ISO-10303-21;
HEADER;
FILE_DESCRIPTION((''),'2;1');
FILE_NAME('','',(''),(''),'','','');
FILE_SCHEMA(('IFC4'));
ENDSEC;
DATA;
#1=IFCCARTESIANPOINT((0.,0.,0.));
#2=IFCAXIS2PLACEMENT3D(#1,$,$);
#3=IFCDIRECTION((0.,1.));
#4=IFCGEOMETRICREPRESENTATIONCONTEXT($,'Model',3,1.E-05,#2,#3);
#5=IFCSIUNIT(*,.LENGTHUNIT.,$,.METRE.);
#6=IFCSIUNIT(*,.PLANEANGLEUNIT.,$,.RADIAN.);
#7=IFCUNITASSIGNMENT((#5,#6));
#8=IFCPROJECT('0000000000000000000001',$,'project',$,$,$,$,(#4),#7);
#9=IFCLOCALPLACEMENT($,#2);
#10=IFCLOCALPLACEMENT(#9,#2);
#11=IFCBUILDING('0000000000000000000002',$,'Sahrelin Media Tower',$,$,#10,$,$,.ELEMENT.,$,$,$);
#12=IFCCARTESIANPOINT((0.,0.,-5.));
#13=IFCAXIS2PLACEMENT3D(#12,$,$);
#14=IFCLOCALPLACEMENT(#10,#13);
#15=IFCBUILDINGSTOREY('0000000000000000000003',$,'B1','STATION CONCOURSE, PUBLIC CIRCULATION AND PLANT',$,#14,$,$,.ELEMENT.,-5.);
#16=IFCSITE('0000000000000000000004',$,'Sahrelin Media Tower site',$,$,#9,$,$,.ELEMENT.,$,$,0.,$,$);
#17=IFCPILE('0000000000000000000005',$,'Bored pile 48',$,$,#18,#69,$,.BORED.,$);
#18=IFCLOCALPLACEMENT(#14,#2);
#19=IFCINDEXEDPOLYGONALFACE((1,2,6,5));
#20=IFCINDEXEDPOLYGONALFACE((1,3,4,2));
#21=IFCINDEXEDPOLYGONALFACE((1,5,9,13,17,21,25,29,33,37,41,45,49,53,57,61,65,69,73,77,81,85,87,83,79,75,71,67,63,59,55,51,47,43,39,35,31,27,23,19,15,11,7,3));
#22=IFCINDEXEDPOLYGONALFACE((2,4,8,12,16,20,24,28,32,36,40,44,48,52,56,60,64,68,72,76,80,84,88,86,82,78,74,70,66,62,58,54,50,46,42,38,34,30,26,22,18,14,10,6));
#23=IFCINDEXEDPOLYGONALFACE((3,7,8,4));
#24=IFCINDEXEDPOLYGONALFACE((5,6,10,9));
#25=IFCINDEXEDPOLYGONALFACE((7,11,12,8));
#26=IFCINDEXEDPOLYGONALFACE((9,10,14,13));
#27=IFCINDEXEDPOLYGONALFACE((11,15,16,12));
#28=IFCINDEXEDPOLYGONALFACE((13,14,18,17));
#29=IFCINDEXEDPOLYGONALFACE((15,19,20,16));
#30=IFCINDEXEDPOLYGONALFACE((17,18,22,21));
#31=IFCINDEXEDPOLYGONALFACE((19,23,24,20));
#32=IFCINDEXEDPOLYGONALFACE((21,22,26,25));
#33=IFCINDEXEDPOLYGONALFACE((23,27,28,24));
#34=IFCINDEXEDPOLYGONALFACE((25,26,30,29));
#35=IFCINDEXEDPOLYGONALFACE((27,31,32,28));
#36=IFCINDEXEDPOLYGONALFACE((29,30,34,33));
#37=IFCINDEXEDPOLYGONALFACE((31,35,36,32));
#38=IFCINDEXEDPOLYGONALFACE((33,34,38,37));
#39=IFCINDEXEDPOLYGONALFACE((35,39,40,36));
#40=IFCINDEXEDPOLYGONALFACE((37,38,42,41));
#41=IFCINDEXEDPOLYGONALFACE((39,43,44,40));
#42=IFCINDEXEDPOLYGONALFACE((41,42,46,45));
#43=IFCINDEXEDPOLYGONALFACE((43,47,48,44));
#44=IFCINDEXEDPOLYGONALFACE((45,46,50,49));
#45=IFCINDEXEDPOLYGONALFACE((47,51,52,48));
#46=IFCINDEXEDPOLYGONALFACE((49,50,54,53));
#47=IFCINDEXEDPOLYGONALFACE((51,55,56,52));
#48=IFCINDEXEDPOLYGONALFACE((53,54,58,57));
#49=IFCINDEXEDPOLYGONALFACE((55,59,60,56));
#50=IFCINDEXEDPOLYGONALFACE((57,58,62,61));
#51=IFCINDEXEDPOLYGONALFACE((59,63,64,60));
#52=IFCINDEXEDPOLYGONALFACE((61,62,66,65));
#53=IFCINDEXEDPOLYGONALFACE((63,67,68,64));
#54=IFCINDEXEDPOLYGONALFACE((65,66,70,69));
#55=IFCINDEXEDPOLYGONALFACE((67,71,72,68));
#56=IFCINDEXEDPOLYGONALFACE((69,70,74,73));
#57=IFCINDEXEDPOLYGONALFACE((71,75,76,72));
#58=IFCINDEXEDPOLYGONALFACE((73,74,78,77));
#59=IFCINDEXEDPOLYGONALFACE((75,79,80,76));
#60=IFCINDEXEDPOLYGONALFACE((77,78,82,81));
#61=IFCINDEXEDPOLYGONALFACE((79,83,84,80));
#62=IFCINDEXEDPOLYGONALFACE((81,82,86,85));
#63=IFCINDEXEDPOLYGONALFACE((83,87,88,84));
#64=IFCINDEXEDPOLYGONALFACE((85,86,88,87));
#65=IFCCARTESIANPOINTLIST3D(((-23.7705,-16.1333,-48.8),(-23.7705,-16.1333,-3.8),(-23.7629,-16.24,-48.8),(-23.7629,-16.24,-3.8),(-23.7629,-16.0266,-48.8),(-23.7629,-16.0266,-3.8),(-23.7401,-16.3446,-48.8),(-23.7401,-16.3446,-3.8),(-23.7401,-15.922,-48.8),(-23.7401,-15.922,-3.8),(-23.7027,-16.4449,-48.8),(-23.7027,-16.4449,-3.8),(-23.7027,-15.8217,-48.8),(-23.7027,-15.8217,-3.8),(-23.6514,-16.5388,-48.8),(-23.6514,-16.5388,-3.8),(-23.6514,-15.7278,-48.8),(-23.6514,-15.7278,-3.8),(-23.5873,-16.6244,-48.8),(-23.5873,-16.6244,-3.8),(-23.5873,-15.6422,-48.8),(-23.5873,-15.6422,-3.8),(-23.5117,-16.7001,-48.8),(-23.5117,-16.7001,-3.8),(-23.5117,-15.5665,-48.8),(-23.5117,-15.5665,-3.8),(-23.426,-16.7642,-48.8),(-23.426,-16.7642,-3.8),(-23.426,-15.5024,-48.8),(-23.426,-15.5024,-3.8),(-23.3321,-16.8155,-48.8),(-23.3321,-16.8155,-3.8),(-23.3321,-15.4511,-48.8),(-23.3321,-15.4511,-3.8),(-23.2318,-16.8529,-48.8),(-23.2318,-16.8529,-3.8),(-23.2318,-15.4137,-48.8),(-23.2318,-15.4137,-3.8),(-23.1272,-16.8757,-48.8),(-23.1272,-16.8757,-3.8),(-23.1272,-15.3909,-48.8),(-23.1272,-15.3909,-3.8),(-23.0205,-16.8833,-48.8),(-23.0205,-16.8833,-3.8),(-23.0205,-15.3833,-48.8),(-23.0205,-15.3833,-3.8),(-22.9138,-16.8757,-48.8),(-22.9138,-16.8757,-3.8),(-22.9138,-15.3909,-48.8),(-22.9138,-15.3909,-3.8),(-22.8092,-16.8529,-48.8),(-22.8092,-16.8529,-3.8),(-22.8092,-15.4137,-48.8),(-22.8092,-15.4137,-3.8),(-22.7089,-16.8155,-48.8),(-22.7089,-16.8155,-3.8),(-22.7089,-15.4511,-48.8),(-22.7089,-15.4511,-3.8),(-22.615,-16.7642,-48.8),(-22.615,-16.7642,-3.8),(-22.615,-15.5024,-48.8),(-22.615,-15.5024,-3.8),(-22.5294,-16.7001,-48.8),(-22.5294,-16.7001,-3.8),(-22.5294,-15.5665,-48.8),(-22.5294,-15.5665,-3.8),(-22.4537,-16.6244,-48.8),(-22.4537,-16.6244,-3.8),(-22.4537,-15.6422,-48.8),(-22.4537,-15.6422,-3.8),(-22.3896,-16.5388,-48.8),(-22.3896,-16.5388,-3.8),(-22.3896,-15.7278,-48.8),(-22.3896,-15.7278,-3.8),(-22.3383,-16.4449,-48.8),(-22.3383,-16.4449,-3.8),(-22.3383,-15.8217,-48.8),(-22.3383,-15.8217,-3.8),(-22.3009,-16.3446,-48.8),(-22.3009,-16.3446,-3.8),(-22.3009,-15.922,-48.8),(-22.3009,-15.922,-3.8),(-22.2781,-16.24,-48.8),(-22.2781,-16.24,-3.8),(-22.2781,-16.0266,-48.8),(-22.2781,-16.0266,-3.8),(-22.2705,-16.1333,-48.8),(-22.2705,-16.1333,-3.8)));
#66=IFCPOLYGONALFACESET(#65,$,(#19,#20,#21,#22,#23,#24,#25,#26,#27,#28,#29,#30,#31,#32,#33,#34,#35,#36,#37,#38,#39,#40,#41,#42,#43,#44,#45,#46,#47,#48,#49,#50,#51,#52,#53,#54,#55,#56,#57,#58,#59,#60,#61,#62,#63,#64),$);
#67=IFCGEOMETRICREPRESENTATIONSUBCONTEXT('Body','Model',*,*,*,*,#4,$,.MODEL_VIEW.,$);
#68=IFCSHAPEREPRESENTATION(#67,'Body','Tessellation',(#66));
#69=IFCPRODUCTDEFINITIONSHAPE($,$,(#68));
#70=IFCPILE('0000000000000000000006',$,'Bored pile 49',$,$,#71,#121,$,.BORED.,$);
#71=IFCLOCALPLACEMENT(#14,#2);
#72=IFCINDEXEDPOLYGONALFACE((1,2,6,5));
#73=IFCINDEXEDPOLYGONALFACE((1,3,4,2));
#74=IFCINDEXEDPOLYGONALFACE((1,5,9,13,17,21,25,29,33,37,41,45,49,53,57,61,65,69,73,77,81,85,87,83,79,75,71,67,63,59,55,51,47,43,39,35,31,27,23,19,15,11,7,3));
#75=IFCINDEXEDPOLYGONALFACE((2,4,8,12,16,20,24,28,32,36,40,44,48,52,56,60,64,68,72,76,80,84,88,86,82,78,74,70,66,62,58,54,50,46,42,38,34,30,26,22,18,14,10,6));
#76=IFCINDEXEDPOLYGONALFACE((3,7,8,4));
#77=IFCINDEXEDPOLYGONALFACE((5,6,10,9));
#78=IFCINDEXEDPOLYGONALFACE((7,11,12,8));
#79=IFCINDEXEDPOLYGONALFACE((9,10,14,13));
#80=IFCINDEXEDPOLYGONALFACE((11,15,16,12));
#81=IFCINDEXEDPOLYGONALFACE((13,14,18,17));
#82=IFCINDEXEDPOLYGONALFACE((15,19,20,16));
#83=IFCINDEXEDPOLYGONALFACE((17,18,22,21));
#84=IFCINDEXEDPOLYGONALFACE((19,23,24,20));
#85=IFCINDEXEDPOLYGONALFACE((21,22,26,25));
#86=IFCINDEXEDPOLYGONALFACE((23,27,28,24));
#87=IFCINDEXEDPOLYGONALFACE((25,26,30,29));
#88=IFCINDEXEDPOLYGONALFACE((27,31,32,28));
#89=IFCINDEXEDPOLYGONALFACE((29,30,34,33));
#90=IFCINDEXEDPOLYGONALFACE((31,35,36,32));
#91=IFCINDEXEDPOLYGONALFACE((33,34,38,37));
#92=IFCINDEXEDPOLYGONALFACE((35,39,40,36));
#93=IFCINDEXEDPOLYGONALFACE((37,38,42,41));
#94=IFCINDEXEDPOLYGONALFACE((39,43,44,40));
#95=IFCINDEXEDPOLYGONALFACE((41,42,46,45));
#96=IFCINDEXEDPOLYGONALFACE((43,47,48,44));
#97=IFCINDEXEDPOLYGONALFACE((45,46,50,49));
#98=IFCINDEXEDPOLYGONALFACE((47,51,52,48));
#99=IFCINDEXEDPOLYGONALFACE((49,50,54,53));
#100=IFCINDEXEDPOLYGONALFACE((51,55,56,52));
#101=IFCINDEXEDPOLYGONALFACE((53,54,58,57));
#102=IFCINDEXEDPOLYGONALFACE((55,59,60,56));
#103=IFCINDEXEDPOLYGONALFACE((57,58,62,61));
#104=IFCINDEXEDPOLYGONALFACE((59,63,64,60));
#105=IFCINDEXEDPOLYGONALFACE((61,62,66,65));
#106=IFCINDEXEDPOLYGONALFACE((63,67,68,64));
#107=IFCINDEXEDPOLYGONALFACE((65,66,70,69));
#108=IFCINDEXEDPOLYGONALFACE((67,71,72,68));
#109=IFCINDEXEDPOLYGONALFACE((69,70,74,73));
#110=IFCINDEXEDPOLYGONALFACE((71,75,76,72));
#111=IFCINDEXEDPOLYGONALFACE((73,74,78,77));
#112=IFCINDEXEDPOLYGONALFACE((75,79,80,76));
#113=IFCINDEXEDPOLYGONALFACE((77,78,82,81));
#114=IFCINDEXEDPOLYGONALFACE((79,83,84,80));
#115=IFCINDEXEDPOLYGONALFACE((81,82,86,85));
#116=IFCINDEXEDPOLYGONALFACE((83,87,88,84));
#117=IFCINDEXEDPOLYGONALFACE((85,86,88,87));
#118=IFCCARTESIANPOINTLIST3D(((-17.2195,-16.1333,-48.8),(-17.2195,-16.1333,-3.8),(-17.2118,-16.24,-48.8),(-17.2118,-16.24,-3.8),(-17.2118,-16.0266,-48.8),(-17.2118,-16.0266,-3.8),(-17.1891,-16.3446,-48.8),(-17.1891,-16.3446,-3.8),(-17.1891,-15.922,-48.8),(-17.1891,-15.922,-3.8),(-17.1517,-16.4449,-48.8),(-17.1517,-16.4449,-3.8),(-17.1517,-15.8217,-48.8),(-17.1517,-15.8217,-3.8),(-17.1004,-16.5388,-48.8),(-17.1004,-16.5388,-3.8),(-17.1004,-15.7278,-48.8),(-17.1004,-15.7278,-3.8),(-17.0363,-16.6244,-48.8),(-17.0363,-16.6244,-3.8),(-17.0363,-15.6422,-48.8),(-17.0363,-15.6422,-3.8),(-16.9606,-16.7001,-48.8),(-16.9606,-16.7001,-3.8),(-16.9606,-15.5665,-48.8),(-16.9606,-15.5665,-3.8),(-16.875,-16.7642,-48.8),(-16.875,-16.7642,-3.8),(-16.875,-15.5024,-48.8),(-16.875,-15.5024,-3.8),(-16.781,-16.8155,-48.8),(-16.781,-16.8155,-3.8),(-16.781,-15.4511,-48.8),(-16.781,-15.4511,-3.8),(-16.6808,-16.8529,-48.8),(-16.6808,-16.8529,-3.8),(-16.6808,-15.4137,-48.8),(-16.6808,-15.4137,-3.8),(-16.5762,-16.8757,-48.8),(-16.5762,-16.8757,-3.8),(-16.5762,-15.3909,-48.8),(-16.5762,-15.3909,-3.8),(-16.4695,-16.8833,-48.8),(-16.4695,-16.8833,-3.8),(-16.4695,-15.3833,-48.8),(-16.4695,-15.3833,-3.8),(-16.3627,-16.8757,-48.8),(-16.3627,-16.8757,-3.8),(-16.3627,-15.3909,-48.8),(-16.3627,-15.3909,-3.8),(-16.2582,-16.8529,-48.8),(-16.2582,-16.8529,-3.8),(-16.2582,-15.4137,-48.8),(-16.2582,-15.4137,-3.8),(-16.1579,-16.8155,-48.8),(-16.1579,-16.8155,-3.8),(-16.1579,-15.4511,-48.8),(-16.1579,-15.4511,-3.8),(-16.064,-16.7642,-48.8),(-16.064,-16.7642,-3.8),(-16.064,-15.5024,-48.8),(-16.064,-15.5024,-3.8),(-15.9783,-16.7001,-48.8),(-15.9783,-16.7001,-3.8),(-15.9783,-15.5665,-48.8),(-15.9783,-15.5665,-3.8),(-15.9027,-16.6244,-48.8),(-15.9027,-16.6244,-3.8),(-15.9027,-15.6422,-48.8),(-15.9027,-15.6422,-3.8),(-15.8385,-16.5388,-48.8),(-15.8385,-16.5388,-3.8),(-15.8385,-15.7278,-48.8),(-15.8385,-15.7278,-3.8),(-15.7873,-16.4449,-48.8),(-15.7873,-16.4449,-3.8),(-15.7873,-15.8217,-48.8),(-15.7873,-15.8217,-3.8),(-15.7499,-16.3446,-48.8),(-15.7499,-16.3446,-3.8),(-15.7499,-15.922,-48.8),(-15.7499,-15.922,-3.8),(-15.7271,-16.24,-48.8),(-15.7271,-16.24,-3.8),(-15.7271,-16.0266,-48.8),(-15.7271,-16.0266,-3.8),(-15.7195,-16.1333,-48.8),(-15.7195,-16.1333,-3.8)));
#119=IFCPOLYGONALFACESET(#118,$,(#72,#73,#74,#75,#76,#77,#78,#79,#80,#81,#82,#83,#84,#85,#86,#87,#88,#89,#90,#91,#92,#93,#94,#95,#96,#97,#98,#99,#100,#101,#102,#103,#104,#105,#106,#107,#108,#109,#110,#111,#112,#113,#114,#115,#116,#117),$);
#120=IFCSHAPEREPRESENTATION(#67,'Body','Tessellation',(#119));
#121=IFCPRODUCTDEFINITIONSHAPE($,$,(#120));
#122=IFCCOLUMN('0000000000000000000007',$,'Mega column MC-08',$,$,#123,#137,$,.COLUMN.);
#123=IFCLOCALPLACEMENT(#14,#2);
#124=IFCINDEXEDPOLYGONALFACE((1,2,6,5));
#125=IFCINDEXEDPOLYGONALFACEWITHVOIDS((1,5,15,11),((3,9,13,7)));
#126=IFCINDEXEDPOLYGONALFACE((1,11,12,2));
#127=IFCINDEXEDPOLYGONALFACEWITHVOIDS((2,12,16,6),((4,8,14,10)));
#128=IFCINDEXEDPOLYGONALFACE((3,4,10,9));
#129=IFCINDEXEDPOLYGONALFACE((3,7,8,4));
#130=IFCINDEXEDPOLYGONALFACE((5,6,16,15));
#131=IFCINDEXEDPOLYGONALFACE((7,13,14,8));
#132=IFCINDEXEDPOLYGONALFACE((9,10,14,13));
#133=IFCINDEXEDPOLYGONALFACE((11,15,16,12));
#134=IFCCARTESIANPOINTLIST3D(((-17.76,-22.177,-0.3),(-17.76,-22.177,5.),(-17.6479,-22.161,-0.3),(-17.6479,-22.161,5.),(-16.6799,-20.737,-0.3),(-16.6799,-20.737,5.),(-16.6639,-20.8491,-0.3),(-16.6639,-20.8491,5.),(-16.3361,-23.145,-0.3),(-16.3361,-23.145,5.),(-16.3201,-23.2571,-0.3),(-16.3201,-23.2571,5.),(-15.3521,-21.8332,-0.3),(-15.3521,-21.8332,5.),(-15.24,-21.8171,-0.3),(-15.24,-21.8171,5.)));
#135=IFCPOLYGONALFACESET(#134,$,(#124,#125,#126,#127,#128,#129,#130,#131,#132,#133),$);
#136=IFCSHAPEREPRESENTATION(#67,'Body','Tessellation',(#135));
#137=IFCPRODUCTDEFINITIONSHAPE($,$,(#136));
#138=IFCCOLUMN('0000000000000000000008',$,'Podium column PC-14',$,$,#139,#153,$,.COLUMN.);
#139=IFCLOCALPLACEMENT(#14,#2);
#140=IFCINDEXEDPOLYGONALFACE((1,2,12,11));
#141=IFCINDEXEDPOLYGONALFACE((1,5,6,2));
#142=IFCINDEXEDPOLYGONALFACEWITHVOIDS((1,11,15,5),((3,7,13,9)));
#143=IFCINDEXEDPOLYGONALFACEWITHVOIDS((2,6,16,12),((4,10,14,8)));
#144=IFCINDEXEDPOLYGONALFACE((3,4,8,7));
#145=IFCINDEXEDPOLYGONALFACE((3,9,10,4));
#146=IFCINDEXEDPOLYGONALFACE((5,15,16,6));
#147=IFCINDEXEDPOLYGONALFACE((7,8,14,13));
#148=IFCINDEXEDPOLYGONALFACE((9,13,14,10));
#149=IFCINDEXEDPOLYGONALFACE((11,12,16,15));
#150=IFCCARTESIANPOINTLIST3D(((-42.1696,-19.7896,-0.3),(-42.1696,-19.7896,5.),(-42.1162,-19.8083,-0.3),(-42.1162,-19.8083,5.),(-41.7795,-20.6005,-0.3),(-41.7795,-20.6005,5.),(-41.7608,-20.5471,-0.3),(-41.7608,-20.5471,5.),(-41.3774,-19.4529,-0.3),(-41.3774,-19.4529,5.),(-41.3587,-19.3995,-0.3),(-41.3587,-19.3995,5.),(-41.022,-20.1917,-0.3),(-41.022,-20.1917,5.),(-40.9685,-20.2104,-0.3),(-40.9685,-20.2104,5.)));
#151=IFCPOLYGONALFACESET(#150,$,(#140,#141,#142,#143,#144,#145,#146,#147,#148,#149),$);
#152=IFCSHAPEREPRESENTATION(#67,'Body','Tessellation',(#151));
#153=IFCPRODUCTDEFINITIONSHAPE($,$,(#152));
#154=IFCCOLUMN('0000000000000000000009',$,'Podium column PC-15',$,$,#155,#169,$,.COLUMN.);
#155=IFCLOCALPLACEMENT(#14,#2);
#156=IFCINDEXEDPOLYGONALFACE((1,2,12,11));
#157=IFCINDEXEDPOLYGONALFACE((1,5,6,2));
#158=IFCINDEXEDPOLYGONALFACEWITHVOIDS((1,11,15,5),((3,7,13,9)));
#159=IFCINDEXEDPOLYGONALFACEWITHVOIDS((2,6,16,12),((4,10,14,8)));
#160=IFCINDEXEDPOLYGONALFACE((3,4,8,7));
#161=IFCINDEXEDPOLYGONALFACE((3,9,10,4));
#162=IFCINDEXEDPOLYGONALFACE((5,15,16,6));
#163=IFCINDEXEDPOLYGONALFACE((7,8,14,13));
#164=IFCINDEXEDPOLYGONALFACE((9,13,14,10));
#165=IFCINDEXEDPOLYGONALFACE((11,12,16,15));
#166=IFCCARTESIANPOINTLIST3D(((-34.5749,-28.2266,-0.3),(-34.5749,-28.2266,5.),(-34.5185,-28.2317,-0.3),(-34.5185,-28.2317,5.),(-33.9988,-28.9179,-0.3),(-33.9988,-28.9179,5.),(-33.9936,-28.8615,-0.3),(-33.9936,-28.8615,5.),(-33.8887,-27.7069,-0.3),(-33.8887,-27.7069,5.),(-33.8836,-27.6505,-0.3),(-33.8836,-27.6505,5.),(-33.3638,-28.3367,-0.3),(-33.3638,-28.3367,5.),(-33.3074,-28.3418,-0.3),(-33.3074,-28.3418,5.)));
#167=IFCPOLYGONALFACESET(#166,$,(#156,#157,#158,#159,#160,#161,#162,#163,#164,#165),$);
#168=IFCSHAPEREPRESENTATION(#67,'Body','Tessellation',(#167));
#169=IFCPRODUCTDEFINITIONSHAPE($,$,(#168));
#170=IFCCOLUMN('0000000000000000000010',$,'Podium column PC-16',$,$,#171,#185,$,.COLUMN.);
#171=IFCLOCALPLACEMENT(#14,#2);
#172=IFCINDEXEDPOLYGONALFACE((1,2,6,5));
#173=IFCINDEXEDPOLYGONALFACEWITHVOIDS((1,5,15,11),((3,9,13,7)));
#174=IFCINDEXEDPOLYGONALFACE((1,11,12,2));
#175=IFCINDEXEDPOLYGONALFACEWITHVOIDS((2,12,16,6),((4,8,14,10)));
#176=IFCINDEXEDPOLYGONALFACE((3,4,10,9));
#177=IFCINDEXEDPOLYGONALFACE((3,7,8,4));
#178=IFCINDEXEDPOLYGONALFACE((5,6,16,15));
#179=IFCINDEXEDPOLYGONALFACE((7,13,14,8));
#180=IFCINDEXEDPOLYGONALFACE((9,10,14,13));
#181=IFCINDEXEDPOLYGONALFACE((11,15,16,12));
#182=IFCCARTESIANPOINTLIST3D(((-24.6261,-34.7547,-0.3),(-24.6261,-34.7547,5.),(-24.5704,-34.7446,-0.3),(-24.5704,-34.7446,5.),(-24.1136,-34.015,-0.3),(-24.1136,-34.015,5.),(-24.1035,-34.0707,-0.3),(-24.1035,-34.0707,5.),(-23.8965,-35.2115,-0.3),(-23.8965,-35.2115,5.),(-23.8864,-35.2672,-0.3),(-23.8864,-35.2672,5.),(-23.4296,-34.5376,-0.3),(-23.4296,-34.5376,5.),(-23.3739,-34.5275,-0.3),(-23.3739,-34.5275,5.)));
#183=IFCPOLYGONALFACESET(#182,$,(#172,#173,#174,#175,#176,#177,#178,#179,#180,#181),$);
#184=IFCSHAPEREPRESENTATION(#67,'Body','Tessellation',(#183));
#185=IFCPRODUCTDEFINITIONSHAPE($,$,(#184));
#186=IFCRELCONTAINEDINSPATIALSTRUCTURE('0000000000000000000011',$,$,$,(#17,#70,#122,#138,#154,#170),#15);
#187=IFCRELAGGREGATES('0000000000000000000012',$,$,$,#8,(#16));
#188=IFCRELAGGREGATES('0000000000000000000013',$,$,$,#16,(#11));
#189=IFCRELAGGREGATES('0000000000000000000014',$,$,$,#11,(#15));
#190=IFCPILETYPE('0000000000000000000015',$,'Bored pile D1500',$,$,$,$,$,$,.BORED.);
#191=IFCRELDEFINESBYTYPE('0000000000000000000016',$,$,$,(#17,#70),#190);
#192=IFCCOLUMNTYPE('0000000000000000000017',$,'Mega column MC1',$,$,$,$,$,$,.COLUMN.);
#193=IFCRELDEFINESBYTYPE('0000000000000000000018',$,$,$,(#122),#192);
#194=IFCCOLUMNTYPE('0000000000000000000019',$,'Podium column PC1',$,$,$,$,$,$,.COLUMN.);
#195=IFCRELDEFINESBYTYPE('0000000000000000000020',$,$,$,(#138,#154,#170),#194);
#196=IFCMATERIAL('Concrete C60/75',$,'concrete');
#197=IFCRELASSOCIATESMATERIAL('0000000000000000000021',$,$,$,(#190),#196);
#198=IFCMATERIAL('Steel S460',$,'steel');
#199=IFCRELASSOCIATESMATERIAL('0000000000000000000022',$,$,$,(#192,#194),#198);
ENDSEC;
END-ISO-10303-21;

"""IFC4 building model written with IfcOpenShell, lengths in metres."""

from ifc_helpers import new_model, si_unit, direction, frame, origin, origin_2d, place, context, subcontext, project, spatial, hollow_rectangle, circle, extrude, material, material_profile, profile_set, type_object, element, save


model = new_model("IFC4")

# Units and contexts
model_context = context("Model", 3, precision=1e-05, world=origin(), true_north=direction((0.0, 1.0)))
body_context = subcontext(model_context, "Body", "Model", "MODEL_VIEW")
ifc_project = project(units=[si_unit("LENGTHUNIT", "METRE"), si_unit("PLANEANGLEUNIT", "RADIAN")], contexts=[model_context])

# Site, building, storey
site_placement = place(None, origin())
site = spatial("IfcSite", under=ifc_project, at=site_placement, Name="Sahrelin Media Tower site", CompositionType="ELEMENT", RefElevation=0.0)
building_placement = place(site_placement, origin())
building = spatial("IfcBuilding", under=site, at=building_placement, Name="Sahrelin Media Tower", CompositionType="ELEMENT")
storey_placement = place(building_placement, frame((0.0, 0.0, -5.0)))
storey = spatial("IfcBuildingStorey", under=building, at=storey_placement, Name="B1", Description="STATION CONCOURSE, PUBLIC CIRCULATION AND PLANT", CompositionType="ELEMENT", Elevation=-5.0)

# Piles
ifc_material_1 = material(Name="Concrete C60/75", Category="concrete")
ifc_material_profile_1 = material_profile(ifc_material_1, circle(Radius=0.75, at=origin_2d()), Name="Bored pile D1500")
ifc_profile_set_1 = profile_set([ifc_material_profile_1], Name="Concrete C60/75")
pile_type = type_object("IfcPileType", Name="Bored pile D1500", PredefinedType="BORED", material=ifc_profile_set_1)
for number, where, z_axis, x_axis, name in (
    (1, (-23.0205, -16.1333, -3.8), (0.0, 0.0, -1.0), (1.0, 0.0, 0.0), "Bored pile 48"),
    (2, (-16.4695, -16.1333, -3.8), (0.0, 0.0, -1.0), (1.0, 0.0, 0.0), "Bored pile 49"),
):
    element("IfcPile", number, at=place(storey_placement, frame(where, z_axis=z_axis, x_axis=x_axis)), inside=storey, type_object=pile_type, Name=name, PredefinedType="BORED", context=body_context, shape_type="SweptSolid", body=[
        extrude(circle(Radius=0.75, at=origin_2d()), origin(), (0.0, 0.0, 1.0), 45.0),
    ])

# Columns
ifc_material_2 = material(Name="Steel S460", Category="steel")
ifc_material_profile_2 = material_profile(ifc_material_2, hollow_rectangle(XDim=1.8, YDim=1.8, WallThickness=0.0801, at=origin_2d()), Name="Mega column MC1")
ifc_profile_set_2 = profile_set([ifc_material_profile_2], Name="Steel S460")
column_type_1 = type_object("IfcColumnType", Name="Mega column MC1", PredefinedType="COLUMN", material=ifc_profile_set_2)
column_placement = place(storey_placement, frame((-16.5, -21.9971, -0.3), z_axis=(0.0, 0.0, 1.0), x_axis=(-0.600052, -0.799961, 0.0)))
element("IfcColumn", 3, at=column_placement, inside=storey, type_object=column_type_1, Name="Mega column MC-08", PredefinedType="COLUMN", context=body_context, shape_type="SweptSolid", body=[
    extrude(hollow_rectangle(XDim=1.8, YDim=1.8, WallThickness=0.0801, at=origin_2d()), origin(), (0.0, 0.0, 1.0), 5.3),
])
ifc_material_profile_3 = material_profile(ifc_material_2, hollow_rectangle(XDim=0.8999, YDim=0.8999, WallThickness=0.04, at=origin_2d()), Name="Podium column PC1")
ifc_profile_set_3 = profile_set([ifc_material_profile_3], Name="Steel S460")
column_type_2 = type_object("IfcColumnType", Name="Podium column PC1", PredefinedType="COLUMN", material=ifc_profile_set_3)
for number, where, z_axis, x_axis, name in (
    (4, (-41.5691, -20.0, -0.3), (0.0, 0.0, 1.0), (-0.901127, -0.433555, 0.0), "Podium column PC-14"),
    (5, (-33.9412, -28.2842, -0.3), (0.0, 0.0, 1.0), (-0.768221, -0.640185, 0.0), "Podium column PC-15"),
    (6, (-24.0, -34.6411, -0.3), (0.0, 0.0, 1.0), (-0.569495, -0.821995, 0.0), "Podium column PC-16"),
):
    element("IfcColumn", number, at=place(storey_placement, frame(where, z_axis=z_axis, x_axis=x_axis)), inside=storey, type_object=column_type_2, Name=name, PredefinedType="COLUMN", context=body_context, shape_type="SweptSolid", body=[
        extrude(hollow_rectangle(XDim=0.8999, YDim=0.8999, WallThickness=0.04, at=origin_2d()), origin(), (0.0, 0.0, 1.0), 5.3),
    ])

save(model, "model.ifc")
